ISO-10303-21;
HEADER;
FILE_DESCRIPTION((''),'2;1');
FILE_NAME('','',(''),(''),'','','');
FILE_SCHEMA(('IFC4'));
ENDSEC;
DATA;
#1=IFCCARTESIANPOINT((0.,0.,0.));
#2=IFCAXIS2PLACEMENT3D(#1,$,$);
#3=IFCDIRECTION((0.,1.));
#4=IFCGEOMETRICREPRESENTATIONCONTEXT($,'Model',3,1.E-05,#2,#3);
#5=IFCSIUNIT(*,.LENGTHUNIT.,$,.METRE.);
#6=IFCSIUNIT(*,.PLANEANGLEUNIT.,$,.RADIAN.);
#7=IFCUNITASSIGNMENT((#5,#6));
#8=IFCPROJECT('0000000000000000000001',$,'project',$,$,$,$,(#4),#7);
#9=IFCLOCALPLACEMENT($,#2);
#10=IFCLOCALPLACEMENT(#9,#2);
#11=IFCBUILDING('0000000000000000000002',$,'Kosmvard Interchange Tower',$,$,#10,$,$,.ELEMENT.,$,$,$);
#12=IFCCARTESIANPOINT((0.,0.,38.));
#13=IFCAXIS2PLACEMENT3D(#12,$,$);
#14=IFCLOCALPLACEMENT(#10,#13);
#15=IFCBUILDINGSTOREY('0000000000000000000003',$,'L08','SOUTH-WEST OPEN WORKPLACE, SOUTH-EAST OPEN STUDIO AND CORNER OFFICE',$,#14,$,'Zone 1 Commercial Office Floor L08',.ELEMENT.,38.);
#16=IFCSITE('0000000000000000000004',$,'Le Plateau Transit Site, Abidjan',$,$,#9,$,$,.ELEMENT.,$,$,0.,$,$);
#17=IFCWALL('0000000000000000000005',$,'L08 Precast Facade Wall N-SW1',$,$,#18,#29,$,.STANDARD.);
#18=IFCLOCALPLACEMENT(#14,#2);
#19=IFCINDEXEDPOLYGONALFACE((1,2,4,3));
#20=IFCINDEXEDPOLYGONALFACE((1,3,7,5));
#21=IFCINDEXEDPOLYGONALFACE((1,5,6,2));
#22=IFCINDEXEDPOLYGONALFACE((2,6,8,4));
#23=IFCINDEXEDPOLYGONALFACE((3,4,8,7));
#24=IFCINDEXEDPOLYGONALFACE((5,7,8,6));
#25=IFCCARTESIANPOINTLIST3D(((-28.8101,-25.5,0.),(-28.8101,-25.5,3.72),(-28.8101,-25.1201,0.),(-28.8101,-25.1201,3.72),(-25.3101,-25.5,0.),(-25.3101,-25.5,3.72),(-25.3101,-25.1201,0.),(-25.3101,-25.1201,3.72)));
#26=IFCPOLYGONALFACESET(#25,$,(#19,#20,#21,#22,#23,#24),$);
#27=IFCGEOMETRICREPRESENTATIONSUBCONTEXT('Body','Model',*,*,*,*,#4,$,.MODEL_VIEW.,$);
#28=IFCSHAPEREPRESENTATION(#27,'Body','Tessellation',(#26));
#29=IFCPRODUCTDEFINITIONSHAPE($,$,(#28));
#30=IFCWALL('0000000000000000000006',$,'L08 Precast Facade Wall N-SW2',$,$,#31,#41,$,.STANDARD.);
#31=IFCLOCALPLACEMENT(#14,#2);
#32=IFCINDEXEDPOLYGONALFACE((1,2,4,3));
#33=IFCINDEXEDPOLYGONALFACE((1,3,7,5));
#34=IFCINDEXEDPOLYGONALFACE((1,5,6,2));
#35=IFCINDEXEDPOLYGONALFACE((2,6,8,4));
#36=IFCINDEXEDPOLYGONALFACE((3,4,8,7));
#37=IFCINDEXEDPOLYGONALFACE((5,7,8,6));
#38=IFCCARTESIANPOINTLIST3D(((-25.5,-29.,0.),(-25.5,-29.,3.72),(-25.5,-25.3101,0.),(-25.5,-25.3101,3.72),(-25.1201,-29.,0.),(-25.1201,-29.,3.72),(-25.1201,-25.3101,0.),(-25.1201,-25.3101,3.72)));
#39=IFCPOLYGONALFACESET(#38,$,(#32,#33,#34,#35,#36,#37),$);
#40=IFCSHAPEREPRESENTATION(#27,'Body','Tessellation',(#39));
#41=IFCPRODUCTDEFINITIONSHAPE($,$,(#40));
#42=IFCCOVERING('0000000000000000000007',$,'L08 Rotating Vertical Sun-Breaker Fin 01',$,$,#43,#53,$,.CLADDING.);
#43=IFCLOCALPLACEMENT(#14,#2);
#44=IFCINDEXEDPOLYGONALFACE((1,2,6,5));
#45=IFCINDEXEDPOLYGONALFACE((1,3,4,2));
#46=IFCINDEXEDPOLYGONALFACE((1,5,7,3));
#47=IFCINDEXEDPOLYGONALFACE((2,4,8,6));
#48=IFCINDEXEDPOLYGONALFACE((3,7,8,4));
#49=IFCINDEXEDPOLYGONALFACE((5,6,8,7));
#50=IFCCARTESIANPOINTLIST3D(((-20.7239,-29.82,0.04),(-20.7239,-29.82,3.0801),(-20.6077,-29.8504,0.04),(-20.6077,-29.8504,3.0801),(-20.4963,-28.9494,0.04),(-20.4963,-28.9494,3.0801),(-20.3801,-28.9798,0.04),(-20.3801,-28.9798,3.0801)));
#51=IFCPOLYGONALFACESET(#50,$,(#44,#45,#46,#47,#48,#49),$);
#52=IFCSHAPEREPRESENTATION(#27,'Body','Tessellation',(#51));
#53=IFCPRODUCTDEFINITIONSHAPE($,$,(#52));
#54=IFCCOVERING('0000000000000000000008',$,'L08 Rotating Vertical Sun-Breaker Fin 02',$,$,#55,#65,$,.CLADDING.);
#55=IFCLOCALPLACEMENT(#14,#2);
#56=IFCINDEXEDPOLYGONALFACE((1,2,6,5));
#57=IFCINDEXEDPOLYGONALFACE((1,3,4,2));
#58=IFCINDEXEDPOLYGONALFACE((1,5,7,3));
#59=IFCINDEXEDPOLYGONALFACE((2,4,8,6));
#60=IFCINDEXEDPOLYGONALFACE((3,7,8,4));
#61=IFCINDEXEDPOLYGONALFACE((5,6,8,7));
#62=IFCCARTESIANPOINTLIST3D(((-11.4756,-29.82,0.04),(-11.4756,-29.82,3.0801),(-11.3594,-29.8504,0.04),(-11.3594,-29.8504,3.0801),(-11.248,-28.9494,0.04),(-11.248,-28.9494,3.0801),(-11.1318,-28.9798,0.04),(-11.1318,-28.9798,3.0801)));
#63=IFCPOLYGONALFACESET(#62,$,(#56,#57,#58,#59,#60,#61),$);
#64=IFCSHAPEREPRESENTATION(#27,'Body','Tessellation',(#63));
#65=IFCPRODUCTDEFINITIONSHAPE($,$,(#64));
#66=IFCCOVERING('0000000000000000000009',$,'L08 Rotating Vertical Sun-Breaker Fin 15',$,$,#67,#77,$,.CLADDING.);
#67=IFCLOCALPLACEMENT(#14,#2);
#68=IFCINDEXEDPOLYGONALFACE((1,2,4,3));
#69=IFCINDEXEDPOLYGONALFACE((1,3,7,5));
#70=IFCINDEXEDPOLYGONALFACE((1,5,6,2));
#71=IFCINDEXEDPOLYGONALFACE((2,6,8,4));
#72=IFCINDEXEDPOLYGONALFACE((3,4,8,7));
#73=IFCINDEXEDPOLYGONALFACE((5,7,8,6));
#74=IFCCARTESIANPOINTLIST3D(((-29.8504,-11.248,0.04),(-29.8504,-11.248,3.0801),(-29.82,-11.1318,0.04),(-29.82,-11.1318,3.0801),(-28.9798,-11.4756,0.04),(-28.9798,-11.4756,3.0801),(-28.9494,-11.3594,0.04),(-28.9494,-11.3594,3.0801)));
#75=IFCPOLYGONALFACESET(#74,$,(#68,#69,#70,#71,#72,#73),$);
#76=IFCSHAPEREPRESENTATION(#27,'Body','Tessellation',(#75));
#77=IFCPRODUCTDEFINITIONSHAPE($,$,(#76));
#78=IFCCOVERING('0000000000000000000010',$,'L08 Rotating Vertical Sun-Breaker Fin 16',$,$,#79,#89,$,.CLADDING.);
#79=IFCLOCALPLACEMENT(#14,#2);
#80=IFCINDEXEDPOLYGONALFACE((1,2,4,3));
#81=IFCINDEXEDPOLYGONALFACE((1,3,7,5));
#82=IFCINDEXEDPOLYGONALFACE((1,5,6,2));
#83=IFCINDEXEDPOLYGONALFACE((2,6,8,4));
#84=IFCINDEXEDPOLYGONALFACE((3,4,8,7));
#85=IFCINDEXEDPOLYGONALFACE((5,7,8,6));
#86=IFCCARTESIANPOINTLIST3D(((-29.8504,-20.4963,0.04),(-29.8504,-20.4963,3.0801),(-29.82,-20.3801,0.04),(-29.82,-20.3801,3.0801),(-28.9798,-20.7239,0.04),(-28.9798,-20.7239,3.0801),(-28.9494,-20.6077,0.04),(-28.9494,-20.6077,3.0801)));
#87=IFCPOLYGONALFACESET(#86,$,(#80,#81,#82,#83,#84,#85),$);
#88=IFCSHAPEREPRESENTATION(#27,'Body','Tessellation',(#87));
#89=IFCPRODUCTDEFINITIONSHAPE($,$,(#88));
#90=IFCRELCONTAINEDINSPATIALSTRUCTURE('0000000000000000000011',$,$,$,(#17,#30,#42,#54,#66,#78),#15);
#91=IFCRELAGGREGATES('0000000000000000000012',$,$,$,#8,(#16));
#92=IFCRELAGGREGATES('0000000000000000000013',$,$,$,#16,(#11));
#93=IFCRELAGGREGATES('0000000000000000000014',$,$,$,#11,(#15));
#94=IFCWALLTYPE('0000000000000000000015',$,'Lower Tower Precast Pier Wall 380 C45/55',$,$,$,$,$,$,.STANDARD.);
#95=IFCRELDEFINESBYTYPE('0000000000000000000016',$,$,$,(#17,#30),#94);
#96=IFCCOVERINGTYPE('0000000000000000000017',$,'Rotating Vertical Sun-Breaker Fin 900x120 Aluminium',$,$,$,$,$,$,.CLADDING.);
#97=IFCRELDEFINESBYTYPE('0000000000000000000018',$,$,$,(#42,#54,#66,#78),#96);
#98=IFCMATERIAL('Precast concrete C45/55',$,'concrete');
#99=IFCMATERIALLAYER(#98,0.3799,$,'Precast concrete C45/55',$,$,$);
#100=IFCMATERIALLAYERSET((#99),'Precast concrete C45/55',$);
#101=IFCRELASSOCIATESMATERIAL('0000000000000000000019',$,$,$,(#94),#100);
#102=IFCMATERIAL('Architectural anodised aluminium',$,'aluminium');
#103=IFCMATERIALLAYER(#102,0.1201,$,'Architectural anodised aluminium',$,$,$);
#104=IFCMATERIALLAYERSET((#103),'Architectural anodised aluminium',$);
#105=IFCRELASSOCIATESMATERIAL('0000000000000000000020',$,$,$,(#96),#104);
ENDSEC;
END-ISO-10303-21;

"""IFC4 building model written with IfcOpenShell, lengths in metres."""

from ifc_helpers import new_model, si_unit, direction, frame, frame_2d, origin, origin_2d, place, context, subcontext, project, spatial, rectangle, extrude, source, transform, mapped, material, layer, layer_set, type_object, element, save


model = new_model("IFC4")

# Units and contexts
model_context = context("Model", 3, precision=1e-05, world=origin(), true_north=direction((0.0, 1.0)))
body_context = subcontext(model_context, "Body", "Model", "MODEL_VIEW")
ifc_project = project(units=[si_unit("LENGTHUNIT", "METRE"), si_unit("PLANEANGLEUNIT", "RADIAN")], contexts=[model_context])

# Site, building, storey
site_placement = place(None, origin())
site = spatial("IfcSite", under=ifc_project, at=site_placement, Name="Le Plateau Transit Site, Abidjan", CompositionType="ELEMENT", RefElevation=0.0)
building_placement = place(site_placement, origin())
building = spatial("IfcBuilding", under=site, at=building_placement, Name="Kosmvard Interchange Tower", CompositionType="ELEMENT")
storey_placement = place(building_placement, frame((0.0, 0.0, 38.0)))
storey = spatial("IfcBuildingStorey", under=building, at=storey_placement, Name="L08", Description="SOUTH-WEST OPEN WORKPLACE, SOUTH-EAST OPEN STUDIO AND CORNER OFFICE", LongName="Zone 1 Commercial Office Floor L08", CompositionType="ELEMENT", Elevation=38.0)

# Shared definitions
ifc_material_1 = material(Name="Precast concrete C45/55", Category="concrete")

# Shared definitions
ifc_layer_1 = layer(ifc_material_1, 0.3799, Name="Precast concrete C45/55")
ifc_layer_set_1 = layer_set([ifc_layer_1], Name="Precast concrete C45/55")
wall_type_1 = type_object("IfcWallType", Name="Lower Tower Precast Pier Wall 380 C45/55", PredefinedType="STANDARD", material=ifc_layer_set_1)

# Walls
wall_1_placement = place(storey_placement, frame((-28.8101, -25.3101, 0.0), z_axis=(0.0, 0.0, 1.0), x_axis=(1.0, 0.0, 0.0)))
element("IfcWall", 1, at=wall_1_placement, inside=storey, type_object=wall_type_1, Name="L08 Precast Facade Wall N-SW1", PredefinedType="STANDARD", context=body_context, shape_type="SweptSolid", body=[
    extrude(rectangle(XDim=3.5, YDim=0.3799, at=frame_2d((1.75, 0.0))), origin(), (0.0, 0.0, 1.0), 3.72),
])
wall_2_placement = place(storey_placement, frame((-25.3101, -25.3101, 0.0), z_axis=(0.0, 0.0, 1.0), x_axis=(0.0, -1.0, 0.0)))
element("IfcWall", 2, at=wall_2_placement, inside=storey, type_object=wall_type_1, Name="L08 Precast Facade Wall N-SW2", PredefinedType="STANDARD", context=body_context, shape_type="SweptSolid", body=[
    extrude(rectangle(XDim=3.6899, YDim=0.3799, at=frame_2d((1.845, 0.0))), origin(), (0.0, 0.0, 1.0), 3.72),
])

# Coverings
ifc_material_2 = material(Name="Architectural anodised aluminium", Category="aluminium")
ifc_layer_2 = layer(ifc_material_2, 0.1201, Name="Architectural anodised aluminium")
ifc_layer_set_2 = layer_set([ifc_layer_2], Name="Architectural anodised aluminium")
covering_type = type_object("IfcCoveringType", Name="Rotating Vertical Sun-Breaker Fin 900x120 Aluminium", PredefinedType="CLADDING", material=ifc_layer_set_2)
shared_shape_1 = source(origin(), body_context, "Body", "SweptSolid", [
    extrude(rectangle(XDim=0.8999, YDim=0.1201, at=origin_2d()), origin(), (0.0, 0.0, 1.0), 3.04),
])
for number, where, z_axis, x_axis, name in (
    (3, (-20.552, -29.3999, 0.04), (0.0, 0.0, 1.0), (-0.252914, -0.967489, 0.0), "L08 Rotating Vertical Sun-Breaker Fin 01"),
    (4, (-11.3037, -29.3999, 0.04), (0.0, 0.0, 1.0), (-0.252914, -0.967489, 0.0), "L08 Rotating Vertical Sun-Breaker Fin 02"),
    (5, (-29.3999, -11.3037, 0.04), (0.0, 0.0, 1.0), (-0.967489, 0.252914, 0.0), "L08 Rotating Vertical Sun-Breaker Fin 15"),
    (6, (-29.3999, -20.552, 0.04), (0.0, 0.0, 1.0), (-0.967489, 0.252914, 0.0), "L08 Rotating Vertical Sun-Breaker Fin 16"),
):
    element("IfcCovering", number, at=place(storey_placement, frame(where, z_axis=z_axis, x_axis=x_axis)), inside=storey, type_object=covering_type, Name=name, PredefinedType="CLADDING", context=body_context, shape_type="MappedRepresentation", body=[
        mapped(shared_shape_1, transform((0.0, 0.0, 0.0), scale=1.0)),
    ])

save(model, "model.ifc")
